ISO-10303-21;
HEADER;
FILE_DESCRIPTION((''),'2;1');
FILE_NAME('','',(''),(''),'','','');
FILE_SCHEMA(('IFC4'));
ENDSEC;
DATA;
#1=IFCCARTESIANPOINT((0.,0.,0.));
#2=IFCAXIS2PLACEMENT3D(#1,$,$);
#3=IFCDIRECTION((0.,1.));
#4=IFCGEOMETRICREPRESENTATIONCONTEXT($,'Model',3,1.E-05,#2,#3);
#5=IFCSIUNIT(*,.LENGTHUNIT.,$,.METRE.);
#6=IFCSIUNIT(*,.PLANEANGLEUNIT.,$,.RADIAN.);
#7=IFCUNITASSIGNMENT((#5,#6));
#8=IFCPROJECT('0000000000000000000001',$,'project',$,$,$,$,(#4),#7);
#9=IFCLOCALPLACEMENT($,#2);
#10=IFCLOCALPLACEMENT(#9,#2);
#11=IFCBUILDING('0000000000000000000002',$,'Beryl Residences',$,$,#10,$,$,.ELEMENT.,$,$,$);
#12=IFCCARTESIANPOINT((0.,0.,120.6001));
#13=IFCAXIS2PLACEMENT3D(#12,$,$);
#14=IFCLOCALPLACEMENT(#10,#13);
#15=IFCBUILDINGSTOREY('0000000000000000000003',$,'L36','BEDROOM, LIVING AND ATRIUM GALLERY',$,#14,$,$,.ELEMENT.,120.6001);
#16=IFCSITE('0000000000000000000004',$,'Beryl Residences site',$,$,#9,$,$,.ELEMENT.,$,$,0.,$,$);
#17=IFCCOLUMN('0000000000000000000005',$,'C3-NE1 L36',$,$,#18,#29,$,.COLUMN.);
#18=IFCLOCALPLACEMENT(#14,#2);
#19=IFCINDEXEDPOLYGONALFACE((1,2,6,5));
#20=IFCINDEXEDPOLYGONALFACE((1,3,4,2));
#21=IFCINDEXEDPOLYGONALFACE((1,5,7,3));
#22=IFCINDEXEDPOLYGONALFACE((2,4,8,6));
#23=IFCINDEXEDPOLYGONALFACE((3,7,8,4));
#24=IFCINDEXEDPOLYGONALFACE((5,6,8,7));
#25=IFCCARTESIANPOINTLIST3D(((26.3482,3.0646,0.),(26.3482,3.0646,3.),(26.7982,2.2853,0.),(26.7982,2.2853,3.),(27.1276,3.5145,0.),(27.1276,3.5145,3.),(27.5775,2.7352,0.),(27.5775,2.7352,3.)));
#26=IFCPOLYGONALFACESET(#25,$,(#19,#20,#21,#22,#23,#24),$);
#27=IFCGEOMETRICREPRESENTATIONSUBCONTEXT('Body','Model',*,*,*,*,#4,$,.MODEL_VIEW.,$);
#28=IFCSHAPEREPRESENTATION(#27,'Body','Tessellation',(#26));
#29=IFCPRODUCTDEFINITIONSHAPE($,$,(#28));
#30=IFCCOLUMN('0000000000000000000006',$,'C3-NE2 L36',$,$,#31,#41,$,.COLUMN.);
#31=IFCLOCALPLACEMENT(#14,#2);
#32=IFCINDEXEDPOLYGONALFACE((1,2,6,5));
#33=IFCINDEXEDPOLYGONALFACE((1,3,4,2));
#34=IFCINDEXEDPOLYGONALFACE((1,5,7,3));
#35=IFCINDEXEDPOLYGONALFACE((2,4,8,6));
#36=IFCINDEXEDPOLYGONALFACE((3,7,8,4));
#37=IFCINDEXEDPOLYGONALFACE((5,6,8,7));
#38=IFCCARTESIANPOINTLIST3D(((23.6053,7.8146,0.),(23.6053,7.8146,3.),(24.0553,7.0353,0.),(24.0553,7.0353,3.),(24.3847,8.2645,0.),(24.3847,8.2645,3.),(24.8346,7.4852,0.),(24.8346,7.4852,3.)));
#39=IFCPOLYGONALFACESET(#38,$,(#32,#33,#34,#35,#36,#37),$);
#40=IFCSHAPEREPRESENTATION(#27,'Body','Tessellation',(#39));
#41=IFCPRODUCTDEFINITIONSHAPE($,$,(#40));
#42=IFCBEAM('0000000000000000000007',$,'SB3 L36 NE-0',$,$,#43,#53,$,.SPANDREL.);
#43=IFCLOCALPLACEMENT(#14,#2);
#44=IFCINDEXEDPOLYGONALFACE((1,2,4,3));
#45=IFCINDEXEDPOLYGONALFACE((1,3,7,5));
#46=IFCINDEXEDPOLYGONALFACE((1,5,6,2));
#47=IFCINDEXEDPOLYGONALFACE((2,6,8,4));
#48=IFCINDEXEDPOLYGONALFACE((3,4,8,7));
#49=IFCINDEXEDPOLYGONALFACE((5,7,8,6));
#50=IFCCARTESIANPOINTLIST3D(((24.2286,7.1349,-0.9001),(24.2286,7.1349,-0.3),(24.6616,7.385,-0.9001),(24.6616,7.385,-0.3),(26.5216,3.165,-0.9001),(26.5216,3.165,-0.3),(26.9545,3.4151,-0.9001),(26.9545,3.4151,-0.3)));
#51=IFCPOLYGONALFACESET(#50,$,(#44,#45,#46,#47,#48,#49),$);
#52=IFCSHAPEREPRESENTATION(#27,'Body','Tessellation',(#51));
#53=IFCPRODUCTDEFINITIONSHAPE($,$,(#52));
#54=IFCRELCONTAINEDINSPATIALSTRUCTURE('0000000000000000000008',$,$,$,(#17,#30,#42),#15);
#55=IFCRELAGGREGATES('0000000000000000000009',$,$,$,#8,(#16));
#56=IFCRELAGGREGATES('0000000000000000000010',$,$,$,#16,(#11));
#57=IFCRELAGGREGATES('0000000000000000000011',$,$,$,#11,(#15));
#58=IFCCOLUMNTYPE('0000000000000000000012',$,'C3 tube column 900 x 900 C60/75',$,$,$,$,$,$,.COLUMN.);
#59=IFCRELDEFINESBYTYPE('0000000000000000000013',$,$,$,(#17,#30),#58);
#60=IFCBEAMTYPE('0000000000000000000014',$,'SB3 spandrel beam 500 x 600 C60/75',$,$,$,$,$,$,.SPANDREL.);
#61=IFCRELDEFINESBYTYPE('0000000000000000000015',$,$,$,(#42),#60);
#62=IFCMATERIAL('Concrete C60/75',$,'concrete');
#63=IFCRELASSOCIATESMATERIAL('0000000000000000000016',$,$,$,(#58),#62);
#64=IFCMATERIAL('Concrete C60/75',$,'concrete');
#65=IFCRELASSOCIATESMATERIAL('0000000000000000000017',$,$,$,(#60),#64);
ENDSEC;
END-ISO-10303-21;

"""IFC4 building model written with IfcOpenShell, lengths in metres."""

from ifc_helpers import new_model, si_unit, direction, frame, origin, origin_2d, place, context, subcontext, project, spatial, rectangle, extrude, material, material_profile, profile_set, type_object, element, save


model = new_model("IFC4")

# Units and contexts
model_context = context("Model", 3, precision=1e-05, world=origin(), true_north=direction((0.0, 1.0)))
body_context = subcontext(model_context, "Body", "Model", "MODEL_VIEW")
ifc_project = project(units=[si_unit("LENGTHUNIT", "METRE"), si_unit("PLANEANGLEUNIT", "RADIAN")], contexts=[model_context])

# Site, building, storey
site_placement = place(None, origin())
site = spatial("IfcSite", under=ifc_project, at=site_placement, Name="Beryl Residences site", CompositionType="ELEMENT", RefElevation=0.0)
building_placement = place(site_placement, origin())
building = spatial("IfcBuilding", under=site, at=building_placement, Name="Beryl Residences", CompositionType="ELEMENT")
storey_placement = place(building_placement, frame((0.0, 0.0, 120.6001)))
storey = spatial("IfcBuildingStorey", under=building, at=storey_placement, Name="L36", Description="BEDROOM, LIVING AND ATRIUM GALLERY", CompositionType="ELEMENT", Elevation=120.6001)

# Columns
ifc_material_1 = material(Name="Concrete C60/75", Category="concrete")
ifc_material_profile_1 = material_profile(ifc_material_1, rectangle(XDim=0.8999, YDim=0.8999, at=origin_2d()))
ifc_profile_set_1 = profile_set([ifc_material_profile_1], Name="Concrete C60/75")
column_type = type_object("IfcColumnType", Name="C3 tube column 900 x 900 C60/75", PredefinedType="COLUMN", material=ifc_profile_set_1)
for number, where, z_axis, x_axis, name in (
    (1, (26.9629, 2.8999, 0.0), (0.0, 0.0, 1.0), (-0.5, 0.866025, 0.0), "C3-NE1 L36"),
    (2, (24.22, 7.6499, 0.0), (0.0, 0.0, 1.0), (-0.5, 0.866025, 0.0), "C3-NE2 L36"),
):
    element("IfcColumn", number, at=place(storey_placement, frame(where, z_axis=z_axis, x_axis=x_axis)), inside=storey, type_object=column_type, Name=name, PredefinedType="COLUMN", context=body_context, shape_type="SweptSolid", body=[
        extrude(rectangle(XDim=0.8999, YDim=0.8999, at=origin_2d()), origin(), (0.0, 0.0, 1.0), 3.0),
    ])

# Beam
ifc_material_2 = material(Name="Concrete C60/75", Category="concrete")
ifc_material_profile_2 = material_profile(ifc_material_2, rectangle(XDim=0.5, YDim=0.6001, at=origin_2d()))
ifc_profile_set_2 = profile_set([ifc_material_profile_2], Name="Concrete C60/75")
beam_type = type_object("IfcBeamType", Name="SB3 spandrel beam 500 x 600 C60/75", PredefinedType="SPANDREL", material=ifc_profile_set_2)
beam_placement = place(storey_placement, frame((26.738, 3.29, -0.6001), z_axis=(-0.500148, 0.86594, 0.0), x_axis=(-0.86594, -0.500148, 0.0)))
element("IfcBeam", 3, at=beam_placement, inside=storey, type_object=beam_type, Name="SB3 L36 NE-0", PredefinedType="SPANDREL", context=body_context, shape_type="SweptSolid", body=[
    extrude(rectangle(XDim=0.5, YDim=0.6001, at=origin_2d()), origin(), (0.0, 0.0, 1.0), 4.5845),
])

save(model, "model.ifc")
